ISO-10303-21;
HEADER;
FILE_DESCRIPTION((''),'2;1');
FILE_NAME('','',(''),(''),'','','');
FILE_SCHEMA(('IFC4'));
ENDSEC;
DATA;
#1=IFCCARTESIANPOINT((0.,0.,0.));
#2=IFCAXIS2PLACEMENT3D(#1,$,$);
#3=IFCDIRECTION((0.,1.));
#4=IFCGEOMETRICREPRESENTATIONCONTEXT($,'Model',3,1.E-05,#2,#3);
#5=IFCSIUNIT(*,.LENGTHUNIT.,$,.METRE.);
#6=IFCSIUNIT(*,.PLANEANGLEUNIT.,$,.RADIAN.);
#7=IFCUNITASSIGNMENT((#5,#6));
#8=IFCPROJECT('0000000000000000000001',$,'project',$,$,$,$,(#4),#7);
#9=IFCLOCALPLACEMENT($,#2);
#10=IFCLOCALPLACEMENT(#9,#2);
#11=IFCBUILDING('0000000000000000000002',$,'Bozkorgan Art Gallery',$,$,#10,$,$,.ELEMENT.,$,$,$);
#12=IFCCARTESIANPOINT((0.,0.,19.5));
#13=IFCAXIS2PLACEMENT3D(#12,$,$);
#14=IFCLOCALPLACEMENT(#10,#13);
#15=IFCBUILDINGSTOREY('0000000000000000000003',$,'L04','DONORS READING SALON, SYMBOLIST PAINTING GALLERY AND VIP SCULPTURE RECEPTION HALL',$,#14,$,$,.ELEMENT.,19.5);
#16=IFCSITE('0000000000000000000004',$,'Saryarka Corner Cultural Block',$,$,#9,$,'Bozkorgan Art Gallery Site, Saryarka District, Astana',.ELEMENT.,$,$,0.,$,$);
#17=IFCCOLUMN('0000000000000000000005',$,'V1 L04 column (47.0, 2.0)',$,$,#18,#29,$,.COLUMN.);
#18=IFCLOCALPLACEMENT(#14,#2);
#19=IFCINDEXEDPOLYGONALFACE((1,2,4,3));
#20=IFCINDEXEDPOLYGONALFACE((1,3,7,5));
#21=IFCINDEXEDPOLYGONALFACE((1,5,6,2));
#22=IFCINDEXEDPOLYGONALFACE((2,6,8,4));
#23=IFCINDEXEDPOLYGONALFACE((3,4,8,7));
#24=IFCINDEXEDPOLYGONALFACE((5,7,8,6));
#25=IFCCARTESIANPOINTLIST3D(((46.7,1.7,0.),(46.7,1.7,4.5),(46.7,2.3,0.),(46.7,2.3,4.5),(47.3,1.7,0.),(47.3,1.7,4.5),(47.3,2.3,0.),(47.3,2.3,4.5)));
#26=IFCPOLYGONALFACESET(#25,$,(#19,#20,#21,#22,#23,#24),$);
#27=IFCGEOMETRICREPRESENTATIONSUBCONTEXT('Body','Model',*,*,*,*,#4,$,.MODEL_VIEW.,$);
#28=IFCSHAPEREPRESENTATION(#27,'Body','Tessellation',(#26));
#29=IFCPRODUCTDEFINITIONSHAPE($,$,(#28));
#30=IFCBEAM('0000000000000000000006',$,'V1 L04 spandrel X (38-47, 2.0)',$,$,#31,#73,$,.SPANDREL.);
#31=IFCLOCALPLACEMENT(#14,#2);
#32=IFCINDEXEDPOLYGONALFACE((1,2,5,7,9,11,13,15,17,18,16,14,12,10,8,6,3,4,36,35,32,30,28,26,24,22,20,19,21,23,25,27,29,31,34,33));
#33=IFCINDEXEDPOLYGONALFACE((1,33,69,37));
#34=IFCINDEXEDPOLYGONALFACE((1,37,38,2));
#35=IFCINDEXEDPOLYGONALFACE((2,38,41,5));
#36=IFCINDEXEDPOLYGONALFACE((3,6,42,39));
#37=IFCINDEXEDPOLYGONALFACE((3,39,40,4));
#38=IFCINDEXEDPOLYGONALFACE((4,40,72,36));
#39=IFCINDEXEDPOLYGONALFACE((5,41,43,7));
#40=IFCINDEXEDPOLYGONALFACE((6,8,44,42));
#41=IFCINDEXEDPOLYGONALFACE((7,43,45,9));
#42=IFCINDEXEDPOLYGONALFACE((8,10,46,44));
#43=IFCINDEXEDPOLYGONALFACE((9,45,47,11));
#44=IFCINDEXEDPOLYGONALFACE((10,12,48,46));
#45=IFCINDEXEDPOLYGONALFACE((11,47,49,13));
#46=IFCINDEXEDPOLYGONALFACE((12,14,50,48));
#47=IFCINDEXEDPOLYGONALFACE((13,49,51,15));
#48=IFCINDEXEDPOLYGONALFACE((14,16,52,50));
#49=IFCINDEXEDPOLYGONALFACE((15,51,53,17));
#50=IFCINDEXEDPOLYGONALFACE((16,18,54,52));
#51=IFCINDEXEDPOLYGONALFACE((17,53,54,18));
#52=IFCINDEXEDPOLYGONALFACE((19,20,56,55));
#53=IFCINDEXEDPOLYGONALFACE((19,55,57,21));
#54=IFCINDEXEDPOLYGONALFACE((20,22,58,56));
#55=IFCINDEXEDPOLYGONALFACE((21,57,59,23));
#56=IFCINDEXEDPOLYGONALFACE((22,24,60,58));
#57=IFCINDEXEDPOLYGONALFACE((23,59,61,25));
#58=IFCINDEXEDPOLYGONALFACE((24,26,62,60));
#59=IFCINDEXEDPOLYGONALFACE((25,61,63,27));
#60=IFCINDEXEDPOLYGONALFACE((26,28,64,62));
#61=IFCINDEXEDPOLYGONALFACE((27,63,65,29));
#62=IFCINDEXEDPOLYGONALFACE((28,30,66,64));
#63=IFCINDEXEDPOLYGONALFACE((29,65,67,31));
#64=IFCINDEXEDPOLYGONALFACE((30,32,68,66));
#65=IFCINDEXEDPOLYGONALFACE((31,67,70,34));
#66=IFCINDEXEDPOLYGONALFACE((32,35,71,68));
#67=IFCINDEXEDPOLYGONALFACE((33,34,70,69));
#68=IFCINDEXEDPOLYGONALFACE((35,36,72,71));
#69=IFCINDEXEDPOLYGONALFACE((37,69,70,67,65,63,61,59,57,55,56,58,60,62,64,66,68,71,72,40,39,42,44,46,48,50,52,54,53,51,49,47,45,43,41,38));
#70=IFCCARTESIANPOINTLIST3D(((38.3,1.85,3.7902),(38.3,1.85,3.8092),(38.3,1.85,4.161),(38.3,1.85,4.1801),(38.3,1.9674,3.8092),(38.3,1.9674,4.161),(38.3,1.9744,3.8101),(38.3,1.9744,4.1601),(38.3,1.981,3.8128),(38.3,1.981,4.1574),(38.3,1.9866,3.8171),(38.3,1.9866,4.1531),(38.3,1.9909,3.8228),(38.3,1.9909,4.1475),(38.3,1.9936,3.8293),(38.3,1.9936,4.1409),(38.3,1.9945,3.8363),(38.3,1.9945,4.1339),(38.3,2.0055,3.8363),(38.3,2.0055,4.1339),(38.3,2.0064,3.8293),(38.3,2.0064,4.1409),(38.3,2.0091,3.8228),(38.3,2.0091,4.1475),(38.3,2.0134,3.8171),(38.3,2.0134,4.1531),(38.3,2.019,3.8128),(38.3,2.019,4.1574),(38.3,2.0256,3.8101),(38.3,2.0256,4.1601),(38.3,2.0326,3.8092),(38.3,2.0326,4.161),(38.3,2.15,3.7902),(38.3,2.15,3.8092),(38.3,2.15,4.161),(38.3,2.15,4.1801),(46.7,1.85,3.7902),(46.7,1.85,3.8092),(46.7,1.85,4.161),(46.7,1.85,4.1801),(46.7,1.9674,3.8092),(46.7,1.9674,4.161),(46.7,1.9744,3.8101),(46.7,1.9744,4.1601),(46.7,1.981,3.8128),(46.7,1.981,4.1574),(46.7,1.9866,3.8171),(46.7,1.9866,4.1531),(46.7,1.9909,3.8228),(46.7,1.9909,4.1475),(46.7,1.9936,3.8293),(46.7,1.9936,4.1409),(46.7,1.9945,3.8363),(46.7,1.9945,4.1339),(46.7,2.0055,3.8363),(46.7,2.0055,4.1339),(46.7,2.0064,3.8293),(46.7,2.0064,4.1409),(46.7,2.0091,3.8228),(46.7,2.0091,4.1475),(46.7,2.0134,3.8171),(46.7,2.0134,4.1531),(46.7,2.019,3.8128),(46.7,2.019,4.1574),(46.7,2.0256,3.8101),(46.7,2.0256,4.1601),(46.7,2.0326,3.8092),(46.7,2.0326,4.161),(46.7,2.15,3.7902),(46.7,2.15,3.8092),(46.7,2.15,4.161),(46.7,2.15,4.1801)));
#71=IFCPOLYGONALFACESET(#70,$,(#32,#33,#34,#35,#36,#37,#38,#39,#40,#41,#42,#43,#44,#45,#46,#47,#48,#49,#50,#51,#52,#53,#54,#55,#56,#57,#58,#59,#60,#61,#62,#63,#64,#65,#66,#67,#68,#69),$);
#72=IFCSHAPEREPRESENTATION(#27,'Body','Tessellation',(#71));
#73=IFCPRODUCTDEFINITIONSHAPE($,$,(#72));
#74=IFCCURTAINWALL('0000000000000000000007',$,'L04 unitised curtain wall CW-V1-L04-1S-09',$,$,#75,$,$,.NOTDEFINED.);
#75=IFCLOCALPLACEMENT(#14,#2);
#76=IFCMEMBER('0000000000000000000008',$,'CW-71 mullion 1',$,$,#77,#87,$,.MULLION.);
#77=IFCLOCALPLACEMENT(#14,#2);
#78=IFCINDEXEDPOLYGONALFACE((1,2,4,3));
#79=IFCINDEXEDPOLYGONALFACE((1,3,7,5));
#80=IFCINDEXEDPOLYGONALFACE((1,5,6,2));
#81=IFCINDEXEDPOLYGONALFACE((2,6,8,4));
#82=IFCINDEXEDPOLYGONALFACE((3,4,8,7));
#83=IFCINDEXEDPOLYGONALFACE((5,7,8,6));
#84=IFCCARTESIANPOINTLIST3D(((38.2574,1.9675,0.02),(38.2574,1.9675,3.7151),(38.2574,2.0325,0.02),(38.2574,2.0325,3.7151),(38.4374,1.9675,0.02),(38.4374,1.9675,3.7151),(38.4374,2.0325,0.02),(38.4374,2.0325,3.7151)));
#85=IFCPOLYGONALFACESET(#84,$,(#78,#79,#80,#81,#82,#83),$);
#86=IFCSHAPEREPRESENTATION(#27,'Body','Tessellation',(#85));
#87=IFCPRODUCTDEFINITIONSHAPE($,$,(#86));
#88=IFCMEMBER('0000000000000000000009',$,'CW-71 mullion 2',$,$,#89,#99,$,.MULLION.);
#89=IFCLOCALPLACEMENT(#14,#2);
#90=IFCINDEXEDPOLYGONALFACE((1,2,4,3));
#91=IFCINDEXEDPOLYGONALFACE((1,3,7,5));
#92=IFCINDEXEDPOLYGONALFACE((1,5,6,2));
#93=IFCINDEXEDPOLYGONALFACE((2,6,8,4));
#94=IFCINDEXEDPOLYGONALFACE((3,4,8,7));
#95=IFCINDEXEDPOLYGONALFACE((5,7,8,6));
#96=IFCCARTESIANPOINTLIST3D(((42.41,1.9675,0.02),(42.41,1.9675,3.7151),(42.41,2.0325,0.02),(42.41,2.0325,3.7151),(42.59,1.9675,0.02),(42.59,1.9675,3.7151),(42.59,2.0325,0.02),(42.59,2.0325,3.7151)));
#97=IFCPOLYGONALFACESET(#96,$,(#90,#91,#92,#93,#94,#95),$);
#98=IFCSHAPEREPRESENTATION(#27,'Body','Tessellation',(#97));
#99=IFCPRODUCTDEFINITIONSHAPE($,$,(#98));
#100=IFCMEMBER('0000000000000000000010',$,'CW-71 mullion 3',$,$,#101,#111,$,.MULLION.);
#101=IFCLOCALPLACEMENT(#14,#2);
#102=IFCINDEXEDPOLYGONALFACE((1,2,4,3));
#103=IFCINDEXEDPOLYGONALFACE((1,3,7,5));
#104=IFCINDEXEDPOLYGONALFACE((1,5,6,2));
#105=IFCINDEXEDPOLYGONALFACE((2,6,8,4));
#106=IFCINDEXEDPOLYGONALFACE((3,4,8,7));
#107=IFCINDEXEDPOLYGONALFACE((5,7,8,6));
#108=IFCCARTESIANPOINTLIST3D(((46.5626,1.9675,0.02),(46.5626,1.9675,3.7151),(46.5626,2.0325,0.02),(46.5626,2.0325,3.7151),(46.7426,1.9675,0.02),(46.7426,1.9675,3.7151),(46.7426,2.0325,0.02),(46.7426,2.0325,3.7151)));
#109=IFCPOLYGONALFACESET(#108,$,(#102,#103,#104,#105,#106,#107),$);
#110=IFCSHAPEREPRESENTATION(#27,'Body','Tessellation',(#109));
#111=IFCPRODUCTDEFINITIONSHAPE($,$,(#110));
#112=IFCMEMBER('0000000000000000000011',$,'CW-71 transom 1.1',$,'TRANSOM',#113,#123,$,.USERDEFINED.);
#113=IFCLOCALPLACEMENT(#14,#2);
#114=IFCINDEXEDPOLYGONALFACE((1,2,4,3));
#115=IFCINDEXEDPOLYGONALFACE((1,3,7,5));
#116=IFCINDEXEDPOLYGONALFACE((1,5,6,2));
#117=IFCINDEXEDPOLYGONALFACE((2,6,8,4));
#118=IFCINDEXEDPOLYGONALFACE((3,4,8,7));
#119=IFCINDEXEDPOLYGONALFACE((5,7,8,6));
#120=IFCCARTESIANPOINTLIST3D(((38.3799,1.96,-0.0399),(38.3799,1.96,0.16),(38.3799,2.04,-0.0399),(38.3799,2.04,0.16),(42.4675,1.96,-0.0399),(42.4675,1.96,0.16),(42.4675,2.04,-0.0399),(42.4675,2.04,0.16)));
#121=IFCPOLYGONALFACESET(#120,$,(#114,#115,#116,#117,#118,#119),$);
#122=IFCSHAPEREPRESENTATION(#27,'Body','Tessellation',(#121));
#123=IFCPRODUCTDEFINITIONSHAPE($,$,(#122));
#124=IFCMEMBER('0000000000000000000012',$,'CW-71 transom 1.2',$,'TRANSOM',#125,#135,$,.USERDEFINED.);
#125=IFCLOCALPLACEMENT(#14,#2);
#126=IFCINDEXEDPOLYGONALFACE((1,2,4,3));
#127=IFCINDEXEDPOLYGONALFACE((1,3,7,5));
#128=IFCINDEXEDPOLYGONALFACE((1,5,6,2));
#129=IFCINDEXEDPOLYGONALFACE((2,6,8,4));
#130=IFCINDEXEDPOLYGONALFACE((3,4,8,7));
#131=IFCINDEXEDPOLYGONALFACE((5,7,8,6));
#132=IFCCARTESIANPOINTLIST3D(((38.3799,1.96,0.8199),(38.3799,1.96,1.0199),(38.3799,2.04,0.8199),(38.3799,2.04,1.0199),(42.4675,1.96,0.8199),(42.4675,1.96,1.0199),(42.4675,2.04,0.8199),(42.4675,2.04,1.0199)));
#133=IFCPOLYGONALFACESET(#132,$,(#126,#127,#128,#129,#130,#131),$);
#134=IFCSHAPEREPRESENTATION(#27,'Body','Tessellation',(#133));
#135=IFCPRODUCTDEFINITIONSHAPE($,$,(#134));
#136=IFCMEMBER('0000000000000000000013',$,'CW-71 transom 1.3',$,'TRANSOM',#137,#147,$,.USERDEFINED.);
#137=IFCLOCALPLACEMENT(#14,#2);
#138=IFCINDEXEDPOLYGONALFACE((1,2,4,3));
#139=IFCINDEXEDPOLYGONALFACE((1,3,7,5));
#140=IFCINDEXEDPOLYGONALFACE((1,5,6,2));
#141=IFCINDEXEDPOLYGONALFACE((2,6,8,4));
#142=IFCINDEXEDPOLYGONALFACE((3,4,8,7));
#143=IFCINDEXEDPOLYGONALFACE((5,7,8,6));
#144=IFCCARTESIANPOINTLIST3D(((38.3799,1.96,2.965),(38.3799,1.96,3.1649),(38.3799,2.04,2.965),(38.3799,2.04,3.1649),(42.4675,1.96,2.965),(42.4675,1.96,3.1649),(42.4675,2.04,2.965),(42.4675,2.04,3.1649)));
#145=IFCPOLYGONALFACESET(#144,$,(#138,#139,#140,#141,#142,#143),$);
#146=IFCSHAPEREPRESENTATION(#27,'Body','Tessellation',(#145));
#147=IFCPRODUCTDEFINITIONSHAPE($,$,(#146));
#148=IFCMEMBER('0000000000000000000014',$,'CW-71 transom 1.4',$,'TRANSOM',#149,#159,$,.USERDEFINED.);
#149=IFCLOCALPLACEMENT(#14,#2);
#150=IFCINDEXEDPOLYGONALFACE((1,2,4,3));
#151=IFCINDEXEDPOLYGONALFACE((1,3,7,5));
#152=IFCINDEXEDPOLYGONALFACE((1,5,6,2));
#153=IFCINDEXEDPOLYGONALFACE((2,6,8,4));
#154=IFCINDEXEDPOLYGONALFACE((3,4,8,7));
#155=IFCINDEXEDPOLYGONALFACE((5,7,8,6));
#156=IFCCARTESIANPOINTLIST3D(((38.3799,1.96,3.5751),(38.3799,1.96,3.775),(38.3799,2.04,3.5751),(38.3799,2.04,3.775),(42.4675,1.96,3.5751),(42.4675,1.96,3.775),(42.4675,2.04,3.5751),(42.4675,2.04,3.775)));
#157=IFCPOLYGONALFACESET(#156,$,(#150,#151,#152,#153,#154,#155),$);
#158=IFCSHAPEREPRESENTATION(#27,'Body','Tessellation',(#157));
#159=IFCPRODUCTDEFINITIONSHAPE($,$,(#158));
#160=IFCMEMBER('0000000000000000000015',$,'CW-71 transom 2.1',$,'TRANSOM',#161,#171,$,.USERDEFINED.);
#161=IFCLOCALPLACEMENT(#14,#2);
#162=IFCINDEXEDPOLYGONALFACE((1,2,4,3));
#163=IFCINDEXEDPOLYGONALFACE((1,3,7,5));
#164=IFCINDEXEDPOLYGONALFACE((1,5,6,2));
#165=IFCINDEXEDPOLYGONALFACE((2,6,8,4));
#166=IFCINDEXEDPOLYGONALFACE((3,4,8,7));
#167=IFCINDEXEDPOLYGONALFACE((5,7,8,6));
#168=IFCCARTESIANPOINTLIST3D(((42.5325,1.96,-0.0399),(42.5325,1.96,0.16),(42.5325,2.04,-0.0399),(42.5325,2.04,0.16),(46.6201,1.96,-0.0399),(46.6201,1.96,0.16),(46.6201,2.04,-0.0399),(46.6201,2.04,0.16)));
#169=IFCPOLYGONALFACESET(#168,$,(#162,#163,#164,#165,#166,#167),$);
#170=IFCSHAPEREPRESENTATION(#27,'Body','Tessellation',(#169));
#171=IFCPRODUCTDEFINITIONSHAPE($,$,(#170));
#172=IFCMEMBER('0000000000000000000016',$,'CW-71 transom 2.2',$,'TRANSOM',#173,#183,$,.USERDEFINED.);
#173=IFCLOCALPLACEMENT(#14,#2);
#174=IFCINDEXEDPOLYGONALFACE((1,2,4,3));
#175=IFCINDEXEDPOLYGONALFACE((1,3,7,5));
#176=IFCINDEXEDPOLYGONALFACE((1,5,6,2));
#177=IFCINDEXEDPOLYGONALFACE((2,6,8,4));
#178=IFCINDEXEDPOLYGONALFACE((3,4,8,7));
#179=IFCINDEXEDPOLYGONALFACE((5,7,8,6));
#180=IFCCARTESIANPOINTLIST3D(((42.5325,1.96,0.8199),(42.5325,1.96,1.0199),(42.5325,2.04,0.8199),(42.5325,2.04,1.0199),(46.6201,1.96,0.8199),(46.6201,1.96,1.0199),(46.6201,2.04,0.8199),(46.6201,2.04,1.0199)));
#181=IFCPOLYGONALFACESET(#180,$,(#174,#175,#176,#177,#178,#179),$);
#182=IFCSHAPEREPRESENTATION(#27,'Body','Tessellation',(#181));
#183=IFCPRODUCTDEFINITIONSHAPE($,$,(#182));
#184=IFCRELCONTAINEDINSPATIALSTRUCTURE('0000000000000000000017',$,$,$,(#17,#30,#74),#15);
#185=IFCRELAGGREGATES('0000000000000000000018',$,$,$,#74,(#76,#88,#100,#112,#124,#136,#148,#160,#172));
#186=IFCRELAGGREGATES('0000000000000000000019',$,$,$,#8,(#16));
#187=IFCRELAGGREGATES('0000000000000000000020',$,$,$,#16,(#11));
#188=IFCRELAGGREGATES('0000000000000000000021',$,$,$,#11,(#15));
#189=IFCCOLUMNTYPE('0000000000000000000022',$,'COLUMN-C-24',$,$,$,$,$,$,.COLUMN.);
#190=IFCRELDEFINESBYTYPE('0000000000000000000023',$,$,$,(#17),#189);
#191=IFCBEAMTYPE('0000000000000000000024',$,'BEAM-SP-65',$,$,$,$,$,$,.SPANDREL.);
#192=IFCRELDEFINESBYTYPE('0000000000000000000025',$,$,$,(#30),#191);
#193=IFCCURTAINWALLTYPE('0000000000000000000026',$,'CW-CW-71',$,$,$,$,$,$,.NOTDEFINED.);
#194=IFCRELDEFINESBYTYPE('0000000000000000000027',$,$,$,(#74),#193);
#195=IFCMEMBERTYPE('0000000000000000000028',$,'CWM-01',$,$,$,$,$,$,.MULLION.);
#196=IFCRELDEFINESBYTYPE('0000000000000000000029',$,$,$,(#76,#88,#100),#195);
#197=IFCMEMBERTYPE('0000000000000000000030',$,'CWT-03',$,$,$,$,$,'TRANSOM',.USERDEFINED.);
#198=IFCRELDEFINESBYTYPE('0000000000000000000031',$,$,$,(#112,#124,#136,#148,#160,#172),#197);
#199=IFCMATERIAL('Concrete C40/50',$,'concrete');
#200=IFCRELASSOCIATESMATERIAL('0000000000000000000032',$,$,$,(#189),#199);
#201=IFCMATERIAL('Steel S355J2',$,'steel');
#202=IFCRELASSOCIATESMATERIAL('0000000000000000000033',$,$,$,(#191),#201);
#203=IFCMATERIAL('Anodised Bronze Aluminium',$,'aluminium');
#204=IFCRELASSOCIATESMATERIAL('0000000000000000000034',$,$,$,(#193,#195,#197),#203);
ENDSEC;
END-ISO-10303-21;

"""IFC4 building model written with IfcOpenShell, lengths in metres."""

from ifc_helpers import new_model, si_unit, direction, frame, origin, origin_2d, place, context, subcontext, project, spatial, rectangle, i_section, extrude, material, material_profile, profile_set, type_object, element, aggregate, save


model = new_model("IFC4")

# Units and contexts
model_context = context("Model", 3, precision=1e-05, world=origin(), true_north=direction((0.0, 1.0)))
body_context = subcontext(model_context, "Body", "Model", "MODEL_VIEW")
ifc_project = project(units=[si_unit("LENGTHUNIT", "METRE"), si_unit("PLANEANGLEUNIT", "RADIAN")], contexts=[model_context])

# Site, building, storey
site_placement = place(None, origin())
site = spatial("IfcSite", under=ifc_project, at=site_placement, Name="Saryarka Corner Cultural Block", LongName="Bozkorgan Art Gallery Site, Saryarka District, Astana", CompositionType="ELEMENT", RefElevation=0.0)
building_placement = place(site_placement, origin())
building = spatial("IfcBuilding", under=site, at=building_placement, Name="Bozkorgan Art Gallery", CompositionType="ELEMENT")
storey_placement = place(building_placement, frame((0.0, 0.0, 19.5)))
storey = spatial("IfcBuildingStorey", under=building, at=storey_placement, Name="L04", Description="DONORS READING SALON, SYMBOLIST PAINTING GALLERY AND VIP SCULPTURE RECEPTION HALL", CompositionType="ELEMENT", Elevation=19.5)

# Column
ifc_material_1 = material(Name="Concrete C40/50", Category="concrete")
ifc_material_profile_1 = material_profile(ifc_material_1, rectangle(XDim=0.6001, YDim=0.6001, at=origin_2d()), Name="RC 600x600")
ifc_profile_set_1 = profile_set([ifc_material_profile_1], Name="Concrete C40/50")
column_type = type_object("IfcColumnType", Name="COLUMN-C-24", PredefinedType="COLUMN", material=ifc_profile_set_1)
column_placement = place(storey_placement, frame((47.0, 2.0, 0.0), z_axis=(0.0, 0.0, 1.0), x_axis=(1.0, 0.0, 0.0)))
element("IfcColumn", 1, at=column_placement, inside=storey, type_object=column_type, Name="V1 L04 column (47.0, 2.0)", PredefinedType="COLUMN", context=body_context, shape_type="SweptSolid", body=[
    extrude(rectangle(XDim=0.6001, YDim=0.6001, at=origin_2d()), origin(), (0.0, 0.0, 1.0), 4.5),
])

# Beam
ifc_material_2 = material(Name="Steel S355J2", Category="steel")
ifc_material_profile_2 = material_profile(ifc_material_2, i_section(OverallWidth=0.3, OverallDepth=0.3899, WebThickness=0.011, FlangeThickness=0.019, FilletRadius=0.0271, at=origin_2d()), Name="HEA 400")
ifc_profile_set_2 = profile_set([ifc_material_profile_2], Name="Steel S355J2")
beam_type = type_object("IfcBeamType", Name="BEAM-SP-65", PredefinedType="SPANDREL", material=ifc_profile_set_2)
beam_placement = place(storey_placement, frame((38.3, 2.0, 3.9851), z_axis=(1.0, 0.0, 0.0), x_axis=(0.0, 1.0, 0.0)))
element("IfcBeam", 2, at=beam_placement, inside=storey, type_object=beam_type, Name="V1 L04 spandrel X (38-47, 2.0)", PredefinedType="SPANDREL", context=body_context, shape_type="SweptSolid", body=[
    extrude(i_section(OverallWidth=0.3, OverallDepth=0.3899, WebThickness=0.011, FlangeThickness=0.019, FilletRadius=0.0271, at=origin_2d()), origin(), (0.0, 0.0, 1.0), 8.3999),
])

# Curtain wall, members
ifc_material_3 = material(Name="Anodised Bronze Aluminium", Category="aluminium")
curtain_wall_type = type_object("IfcCurtainWallType", Name="CW-CW-71", PredefinedType="NOTDEFINED", material=ifc_material_3)
curtain_wall_placement = place(storey_placement, origin())
curtain_wall = element("IfcCurtainWall", 3, at=curtain_wall_placement, inside=storey, type_object=curtain_wall_type, Name="L04 unitised curtain wall CW-V1-L04-1S-09", PredefinedType="NOTDEFINED")
ifc_material_profile_3 = material_profile(ifc_material_3, rectangle(XDim=0.0649, YDim=0.1799, at=origin_2d()), Name="ALU MULLION 65x180")
ifc_profile_set_3 = profile_set([ifc_material_profile_3], Name="Anodised Bronze Aluminium")
member_type_1 = type_object("IfcMemberType", Name="CWM-01", PredefinedType="MULLION", material=ifc_profile_set_3)
member_1_placement = place(storey_placement, frame((38.3474, 2.0, 0.02), z_axis=(0.0, 0.0, 1.0), x_axis=(0.0, 1.0, 0.0)))
member_1 = element("IfcMember", 4, at=member_1_placement, type_object=member_type_1, Name="CW-71 mullion 1", PredefinedType="MULLION", context=body_context, shape_type="SweptSolid", body=[
    extrude(rectangle(XDim=0.0649, YDim=0.1799, at=origin_2d()), origin(), (0.0, 0.0, 1.0), 3.6951),
])
member_2_placement = place(storey_placement, frame((42.5, 2.0, 0.02), z_axis=(0.0, 0.0, 1.0), x_axis=(0.0, 1.0, 0.0)))
member_2 = element("IfcMember", 5, at=member_2_placement, type_object=member_type_1, Name="CW-71 mullion 2", PredefinedType="MULLION", context=body_context, shape_type="SweptSolid", body=[
    extrude(rectangle(XDim=0.0649, YDim=0.1799, at=origin_2d()), origin(), (0.0, 0.0, 1.0), 3.6951),
])
member_3_placement = place(storey_placement, frame((46.6526, 2.0, 0.02), z_axis=(0.0, 0.0, 1.0), x_axis=(0.0, 1.0, 0.0)))
member_3 = element("IfcMember", 6, at=member_3_placement, type_object=member_type_1, Name="CW-71 mullion 3", PredefinedType="MULLION", context=body_context, shape_type="SweptSolid", body=[
    extrude(rectangle(XDim=0.0649, YDim=0.1799, at=origin_2d()), origin(), (0.0, 0.0, 1.0), 3.6951),
])
ifc_material_profile_4 = material_profile(ifc_material_3, rectangle(XDim=0.0801, YDim=0.2, at=origin_2d()), Name="ALU TRANSOM 80x200")
ifc_profile_set_4 = profile_set([ifc_material_profile_4], Name="Anodised Bronze Aluminium")
member_type_2 = type_object("IfcMemberType", Name="CWT-03", ElementType="TRANSOM", PredefinedType="USERDEFINED", material=ifc_profile_set_4)
member_4_placement = place(storey_placement, frame((38.3799, 2.0, 0.0601), z_axis=(1.0, 0.0, 0.0), x_axis=(0.0, 1.0, 0.0)))
member_4 = element("IfcMember", 7, at=member_4_placement, type_object=member_type_2, Name="CW-71 transom 1.1", ObjectType="TRANSOM", PredefinedType="USERDEFINED", context=body_context, shape_type="SweptSolid", body=[
    extrude(rectangle(XDim=0.0801, YDim=0.2, at=origin_2d()), origin(), (0.0, 0.0, 1.0), 4.0876),
])
member_5_placement = place(storey_placement, frame((38.3799, 2.0, 0.9199), z_axis=(1.0, 0.0, 0.0), x_axis=(0.0, 1.0, 0.0)))
member_5 = element("IfcMember", 8, at=member_5_placement, type_object=member_type_2, Name="CW-71 transom 1.2", ObjectType="TRANSOM", PredefinedType="USERDEFINED", context=body_context, shape_type="SweptSolid", body=[
    extrude(rectangle(XDim=0.0801, YDim=0.2, at=origin_2d()), origin(), (0.0, 0.0, 1.0), 4.0876),
])
member_6_placement = place(storey_placement, frame((38.3799, 2.0, 3.0649), z_axis=(1.0, 0.0, 0.0), x_axis=(0.0, 1.0, 0.0)))
member_6 = element("IfcMember", 9, at=member_6_placement, type_object=member_type_2, Name="CW-71 transom 1.3", ObjectType="TRANSOM", PredefinedType="USERDEFINED", context=body_context, shape_type="SweptSolid", body=[
    extrude(rectangle(XDim=0.0801, YDim=0.2, at=origin_2d()), origin(), (0.0, 0.0, 1.0), 4.0876),
])
member_7_placement = place(storey_placement, frame((38.3799, 2.0, 3.675), z_axis=(1.0, 0.0, 0.0), x_axis=(0.0, 1.0, 0.0)))
member_7 = element("IfcMember", 10, at=member_7_placement, type_object=member_type_2, Name="CW-71 transom 1.4", ObjectType="TRANSOM", PredefinedType="USERDEFINED", context=body_context, shape_type="SweptSolid", body=[
    extrude(rectangle(XDim=0.0801, YDim=0.2, at=origin_2d()), origin(), (0.0, 0.0, 1.0), 4.0876),
])
member_8_placement = place(storey_placement, frame((42.5325, 2.0, 0.0601), z_axis=(1.0, 0.0, 0.0), x_axis=(0.0, 1.0, 0.0)))
member_8 = element("IfcMember", 11, at=member_8_placement, type_object=member_type_2, Name="CW-71 transom 2.1", ObjectType="TRANSOM", PredefinedType="USERDEFINED", context=body_context, shape_type="SweptSolid", body=[
    extrude(rectangle(XDim=0.0801, YDim=0.2, at=origin_2d()), origin(), (0.0, 0.0, 1.0), 4.0876),
])
member_9_placement = place(storey_placement, frame((42.5325, 2.0, 0.9199), z_axis=(1.0, 0.0, 0.0), x_axis=(0.0, 1.0, 0.0)))
member_9 = element("IfcMember", 12, at=member_9_placement, type_object=member_type_2, Name="CW-71 transom 2.2", ObjectType="TRANSOM", PredefinedType="USERDEFINED", context=body_context, shape_type="SweptSolid", body=[
    extrude(rectangle(XDim=0.0801, YDim=0.2, at=origin_2d()), origin(), (0.0, 0.0, 1.0), 4.0876),
])
aggregate(curtain_wall, [member_1, member_2, member_3, member_4, member_5, member_6, member_7, member_8, member_9])

save(model, "model.ifc")
